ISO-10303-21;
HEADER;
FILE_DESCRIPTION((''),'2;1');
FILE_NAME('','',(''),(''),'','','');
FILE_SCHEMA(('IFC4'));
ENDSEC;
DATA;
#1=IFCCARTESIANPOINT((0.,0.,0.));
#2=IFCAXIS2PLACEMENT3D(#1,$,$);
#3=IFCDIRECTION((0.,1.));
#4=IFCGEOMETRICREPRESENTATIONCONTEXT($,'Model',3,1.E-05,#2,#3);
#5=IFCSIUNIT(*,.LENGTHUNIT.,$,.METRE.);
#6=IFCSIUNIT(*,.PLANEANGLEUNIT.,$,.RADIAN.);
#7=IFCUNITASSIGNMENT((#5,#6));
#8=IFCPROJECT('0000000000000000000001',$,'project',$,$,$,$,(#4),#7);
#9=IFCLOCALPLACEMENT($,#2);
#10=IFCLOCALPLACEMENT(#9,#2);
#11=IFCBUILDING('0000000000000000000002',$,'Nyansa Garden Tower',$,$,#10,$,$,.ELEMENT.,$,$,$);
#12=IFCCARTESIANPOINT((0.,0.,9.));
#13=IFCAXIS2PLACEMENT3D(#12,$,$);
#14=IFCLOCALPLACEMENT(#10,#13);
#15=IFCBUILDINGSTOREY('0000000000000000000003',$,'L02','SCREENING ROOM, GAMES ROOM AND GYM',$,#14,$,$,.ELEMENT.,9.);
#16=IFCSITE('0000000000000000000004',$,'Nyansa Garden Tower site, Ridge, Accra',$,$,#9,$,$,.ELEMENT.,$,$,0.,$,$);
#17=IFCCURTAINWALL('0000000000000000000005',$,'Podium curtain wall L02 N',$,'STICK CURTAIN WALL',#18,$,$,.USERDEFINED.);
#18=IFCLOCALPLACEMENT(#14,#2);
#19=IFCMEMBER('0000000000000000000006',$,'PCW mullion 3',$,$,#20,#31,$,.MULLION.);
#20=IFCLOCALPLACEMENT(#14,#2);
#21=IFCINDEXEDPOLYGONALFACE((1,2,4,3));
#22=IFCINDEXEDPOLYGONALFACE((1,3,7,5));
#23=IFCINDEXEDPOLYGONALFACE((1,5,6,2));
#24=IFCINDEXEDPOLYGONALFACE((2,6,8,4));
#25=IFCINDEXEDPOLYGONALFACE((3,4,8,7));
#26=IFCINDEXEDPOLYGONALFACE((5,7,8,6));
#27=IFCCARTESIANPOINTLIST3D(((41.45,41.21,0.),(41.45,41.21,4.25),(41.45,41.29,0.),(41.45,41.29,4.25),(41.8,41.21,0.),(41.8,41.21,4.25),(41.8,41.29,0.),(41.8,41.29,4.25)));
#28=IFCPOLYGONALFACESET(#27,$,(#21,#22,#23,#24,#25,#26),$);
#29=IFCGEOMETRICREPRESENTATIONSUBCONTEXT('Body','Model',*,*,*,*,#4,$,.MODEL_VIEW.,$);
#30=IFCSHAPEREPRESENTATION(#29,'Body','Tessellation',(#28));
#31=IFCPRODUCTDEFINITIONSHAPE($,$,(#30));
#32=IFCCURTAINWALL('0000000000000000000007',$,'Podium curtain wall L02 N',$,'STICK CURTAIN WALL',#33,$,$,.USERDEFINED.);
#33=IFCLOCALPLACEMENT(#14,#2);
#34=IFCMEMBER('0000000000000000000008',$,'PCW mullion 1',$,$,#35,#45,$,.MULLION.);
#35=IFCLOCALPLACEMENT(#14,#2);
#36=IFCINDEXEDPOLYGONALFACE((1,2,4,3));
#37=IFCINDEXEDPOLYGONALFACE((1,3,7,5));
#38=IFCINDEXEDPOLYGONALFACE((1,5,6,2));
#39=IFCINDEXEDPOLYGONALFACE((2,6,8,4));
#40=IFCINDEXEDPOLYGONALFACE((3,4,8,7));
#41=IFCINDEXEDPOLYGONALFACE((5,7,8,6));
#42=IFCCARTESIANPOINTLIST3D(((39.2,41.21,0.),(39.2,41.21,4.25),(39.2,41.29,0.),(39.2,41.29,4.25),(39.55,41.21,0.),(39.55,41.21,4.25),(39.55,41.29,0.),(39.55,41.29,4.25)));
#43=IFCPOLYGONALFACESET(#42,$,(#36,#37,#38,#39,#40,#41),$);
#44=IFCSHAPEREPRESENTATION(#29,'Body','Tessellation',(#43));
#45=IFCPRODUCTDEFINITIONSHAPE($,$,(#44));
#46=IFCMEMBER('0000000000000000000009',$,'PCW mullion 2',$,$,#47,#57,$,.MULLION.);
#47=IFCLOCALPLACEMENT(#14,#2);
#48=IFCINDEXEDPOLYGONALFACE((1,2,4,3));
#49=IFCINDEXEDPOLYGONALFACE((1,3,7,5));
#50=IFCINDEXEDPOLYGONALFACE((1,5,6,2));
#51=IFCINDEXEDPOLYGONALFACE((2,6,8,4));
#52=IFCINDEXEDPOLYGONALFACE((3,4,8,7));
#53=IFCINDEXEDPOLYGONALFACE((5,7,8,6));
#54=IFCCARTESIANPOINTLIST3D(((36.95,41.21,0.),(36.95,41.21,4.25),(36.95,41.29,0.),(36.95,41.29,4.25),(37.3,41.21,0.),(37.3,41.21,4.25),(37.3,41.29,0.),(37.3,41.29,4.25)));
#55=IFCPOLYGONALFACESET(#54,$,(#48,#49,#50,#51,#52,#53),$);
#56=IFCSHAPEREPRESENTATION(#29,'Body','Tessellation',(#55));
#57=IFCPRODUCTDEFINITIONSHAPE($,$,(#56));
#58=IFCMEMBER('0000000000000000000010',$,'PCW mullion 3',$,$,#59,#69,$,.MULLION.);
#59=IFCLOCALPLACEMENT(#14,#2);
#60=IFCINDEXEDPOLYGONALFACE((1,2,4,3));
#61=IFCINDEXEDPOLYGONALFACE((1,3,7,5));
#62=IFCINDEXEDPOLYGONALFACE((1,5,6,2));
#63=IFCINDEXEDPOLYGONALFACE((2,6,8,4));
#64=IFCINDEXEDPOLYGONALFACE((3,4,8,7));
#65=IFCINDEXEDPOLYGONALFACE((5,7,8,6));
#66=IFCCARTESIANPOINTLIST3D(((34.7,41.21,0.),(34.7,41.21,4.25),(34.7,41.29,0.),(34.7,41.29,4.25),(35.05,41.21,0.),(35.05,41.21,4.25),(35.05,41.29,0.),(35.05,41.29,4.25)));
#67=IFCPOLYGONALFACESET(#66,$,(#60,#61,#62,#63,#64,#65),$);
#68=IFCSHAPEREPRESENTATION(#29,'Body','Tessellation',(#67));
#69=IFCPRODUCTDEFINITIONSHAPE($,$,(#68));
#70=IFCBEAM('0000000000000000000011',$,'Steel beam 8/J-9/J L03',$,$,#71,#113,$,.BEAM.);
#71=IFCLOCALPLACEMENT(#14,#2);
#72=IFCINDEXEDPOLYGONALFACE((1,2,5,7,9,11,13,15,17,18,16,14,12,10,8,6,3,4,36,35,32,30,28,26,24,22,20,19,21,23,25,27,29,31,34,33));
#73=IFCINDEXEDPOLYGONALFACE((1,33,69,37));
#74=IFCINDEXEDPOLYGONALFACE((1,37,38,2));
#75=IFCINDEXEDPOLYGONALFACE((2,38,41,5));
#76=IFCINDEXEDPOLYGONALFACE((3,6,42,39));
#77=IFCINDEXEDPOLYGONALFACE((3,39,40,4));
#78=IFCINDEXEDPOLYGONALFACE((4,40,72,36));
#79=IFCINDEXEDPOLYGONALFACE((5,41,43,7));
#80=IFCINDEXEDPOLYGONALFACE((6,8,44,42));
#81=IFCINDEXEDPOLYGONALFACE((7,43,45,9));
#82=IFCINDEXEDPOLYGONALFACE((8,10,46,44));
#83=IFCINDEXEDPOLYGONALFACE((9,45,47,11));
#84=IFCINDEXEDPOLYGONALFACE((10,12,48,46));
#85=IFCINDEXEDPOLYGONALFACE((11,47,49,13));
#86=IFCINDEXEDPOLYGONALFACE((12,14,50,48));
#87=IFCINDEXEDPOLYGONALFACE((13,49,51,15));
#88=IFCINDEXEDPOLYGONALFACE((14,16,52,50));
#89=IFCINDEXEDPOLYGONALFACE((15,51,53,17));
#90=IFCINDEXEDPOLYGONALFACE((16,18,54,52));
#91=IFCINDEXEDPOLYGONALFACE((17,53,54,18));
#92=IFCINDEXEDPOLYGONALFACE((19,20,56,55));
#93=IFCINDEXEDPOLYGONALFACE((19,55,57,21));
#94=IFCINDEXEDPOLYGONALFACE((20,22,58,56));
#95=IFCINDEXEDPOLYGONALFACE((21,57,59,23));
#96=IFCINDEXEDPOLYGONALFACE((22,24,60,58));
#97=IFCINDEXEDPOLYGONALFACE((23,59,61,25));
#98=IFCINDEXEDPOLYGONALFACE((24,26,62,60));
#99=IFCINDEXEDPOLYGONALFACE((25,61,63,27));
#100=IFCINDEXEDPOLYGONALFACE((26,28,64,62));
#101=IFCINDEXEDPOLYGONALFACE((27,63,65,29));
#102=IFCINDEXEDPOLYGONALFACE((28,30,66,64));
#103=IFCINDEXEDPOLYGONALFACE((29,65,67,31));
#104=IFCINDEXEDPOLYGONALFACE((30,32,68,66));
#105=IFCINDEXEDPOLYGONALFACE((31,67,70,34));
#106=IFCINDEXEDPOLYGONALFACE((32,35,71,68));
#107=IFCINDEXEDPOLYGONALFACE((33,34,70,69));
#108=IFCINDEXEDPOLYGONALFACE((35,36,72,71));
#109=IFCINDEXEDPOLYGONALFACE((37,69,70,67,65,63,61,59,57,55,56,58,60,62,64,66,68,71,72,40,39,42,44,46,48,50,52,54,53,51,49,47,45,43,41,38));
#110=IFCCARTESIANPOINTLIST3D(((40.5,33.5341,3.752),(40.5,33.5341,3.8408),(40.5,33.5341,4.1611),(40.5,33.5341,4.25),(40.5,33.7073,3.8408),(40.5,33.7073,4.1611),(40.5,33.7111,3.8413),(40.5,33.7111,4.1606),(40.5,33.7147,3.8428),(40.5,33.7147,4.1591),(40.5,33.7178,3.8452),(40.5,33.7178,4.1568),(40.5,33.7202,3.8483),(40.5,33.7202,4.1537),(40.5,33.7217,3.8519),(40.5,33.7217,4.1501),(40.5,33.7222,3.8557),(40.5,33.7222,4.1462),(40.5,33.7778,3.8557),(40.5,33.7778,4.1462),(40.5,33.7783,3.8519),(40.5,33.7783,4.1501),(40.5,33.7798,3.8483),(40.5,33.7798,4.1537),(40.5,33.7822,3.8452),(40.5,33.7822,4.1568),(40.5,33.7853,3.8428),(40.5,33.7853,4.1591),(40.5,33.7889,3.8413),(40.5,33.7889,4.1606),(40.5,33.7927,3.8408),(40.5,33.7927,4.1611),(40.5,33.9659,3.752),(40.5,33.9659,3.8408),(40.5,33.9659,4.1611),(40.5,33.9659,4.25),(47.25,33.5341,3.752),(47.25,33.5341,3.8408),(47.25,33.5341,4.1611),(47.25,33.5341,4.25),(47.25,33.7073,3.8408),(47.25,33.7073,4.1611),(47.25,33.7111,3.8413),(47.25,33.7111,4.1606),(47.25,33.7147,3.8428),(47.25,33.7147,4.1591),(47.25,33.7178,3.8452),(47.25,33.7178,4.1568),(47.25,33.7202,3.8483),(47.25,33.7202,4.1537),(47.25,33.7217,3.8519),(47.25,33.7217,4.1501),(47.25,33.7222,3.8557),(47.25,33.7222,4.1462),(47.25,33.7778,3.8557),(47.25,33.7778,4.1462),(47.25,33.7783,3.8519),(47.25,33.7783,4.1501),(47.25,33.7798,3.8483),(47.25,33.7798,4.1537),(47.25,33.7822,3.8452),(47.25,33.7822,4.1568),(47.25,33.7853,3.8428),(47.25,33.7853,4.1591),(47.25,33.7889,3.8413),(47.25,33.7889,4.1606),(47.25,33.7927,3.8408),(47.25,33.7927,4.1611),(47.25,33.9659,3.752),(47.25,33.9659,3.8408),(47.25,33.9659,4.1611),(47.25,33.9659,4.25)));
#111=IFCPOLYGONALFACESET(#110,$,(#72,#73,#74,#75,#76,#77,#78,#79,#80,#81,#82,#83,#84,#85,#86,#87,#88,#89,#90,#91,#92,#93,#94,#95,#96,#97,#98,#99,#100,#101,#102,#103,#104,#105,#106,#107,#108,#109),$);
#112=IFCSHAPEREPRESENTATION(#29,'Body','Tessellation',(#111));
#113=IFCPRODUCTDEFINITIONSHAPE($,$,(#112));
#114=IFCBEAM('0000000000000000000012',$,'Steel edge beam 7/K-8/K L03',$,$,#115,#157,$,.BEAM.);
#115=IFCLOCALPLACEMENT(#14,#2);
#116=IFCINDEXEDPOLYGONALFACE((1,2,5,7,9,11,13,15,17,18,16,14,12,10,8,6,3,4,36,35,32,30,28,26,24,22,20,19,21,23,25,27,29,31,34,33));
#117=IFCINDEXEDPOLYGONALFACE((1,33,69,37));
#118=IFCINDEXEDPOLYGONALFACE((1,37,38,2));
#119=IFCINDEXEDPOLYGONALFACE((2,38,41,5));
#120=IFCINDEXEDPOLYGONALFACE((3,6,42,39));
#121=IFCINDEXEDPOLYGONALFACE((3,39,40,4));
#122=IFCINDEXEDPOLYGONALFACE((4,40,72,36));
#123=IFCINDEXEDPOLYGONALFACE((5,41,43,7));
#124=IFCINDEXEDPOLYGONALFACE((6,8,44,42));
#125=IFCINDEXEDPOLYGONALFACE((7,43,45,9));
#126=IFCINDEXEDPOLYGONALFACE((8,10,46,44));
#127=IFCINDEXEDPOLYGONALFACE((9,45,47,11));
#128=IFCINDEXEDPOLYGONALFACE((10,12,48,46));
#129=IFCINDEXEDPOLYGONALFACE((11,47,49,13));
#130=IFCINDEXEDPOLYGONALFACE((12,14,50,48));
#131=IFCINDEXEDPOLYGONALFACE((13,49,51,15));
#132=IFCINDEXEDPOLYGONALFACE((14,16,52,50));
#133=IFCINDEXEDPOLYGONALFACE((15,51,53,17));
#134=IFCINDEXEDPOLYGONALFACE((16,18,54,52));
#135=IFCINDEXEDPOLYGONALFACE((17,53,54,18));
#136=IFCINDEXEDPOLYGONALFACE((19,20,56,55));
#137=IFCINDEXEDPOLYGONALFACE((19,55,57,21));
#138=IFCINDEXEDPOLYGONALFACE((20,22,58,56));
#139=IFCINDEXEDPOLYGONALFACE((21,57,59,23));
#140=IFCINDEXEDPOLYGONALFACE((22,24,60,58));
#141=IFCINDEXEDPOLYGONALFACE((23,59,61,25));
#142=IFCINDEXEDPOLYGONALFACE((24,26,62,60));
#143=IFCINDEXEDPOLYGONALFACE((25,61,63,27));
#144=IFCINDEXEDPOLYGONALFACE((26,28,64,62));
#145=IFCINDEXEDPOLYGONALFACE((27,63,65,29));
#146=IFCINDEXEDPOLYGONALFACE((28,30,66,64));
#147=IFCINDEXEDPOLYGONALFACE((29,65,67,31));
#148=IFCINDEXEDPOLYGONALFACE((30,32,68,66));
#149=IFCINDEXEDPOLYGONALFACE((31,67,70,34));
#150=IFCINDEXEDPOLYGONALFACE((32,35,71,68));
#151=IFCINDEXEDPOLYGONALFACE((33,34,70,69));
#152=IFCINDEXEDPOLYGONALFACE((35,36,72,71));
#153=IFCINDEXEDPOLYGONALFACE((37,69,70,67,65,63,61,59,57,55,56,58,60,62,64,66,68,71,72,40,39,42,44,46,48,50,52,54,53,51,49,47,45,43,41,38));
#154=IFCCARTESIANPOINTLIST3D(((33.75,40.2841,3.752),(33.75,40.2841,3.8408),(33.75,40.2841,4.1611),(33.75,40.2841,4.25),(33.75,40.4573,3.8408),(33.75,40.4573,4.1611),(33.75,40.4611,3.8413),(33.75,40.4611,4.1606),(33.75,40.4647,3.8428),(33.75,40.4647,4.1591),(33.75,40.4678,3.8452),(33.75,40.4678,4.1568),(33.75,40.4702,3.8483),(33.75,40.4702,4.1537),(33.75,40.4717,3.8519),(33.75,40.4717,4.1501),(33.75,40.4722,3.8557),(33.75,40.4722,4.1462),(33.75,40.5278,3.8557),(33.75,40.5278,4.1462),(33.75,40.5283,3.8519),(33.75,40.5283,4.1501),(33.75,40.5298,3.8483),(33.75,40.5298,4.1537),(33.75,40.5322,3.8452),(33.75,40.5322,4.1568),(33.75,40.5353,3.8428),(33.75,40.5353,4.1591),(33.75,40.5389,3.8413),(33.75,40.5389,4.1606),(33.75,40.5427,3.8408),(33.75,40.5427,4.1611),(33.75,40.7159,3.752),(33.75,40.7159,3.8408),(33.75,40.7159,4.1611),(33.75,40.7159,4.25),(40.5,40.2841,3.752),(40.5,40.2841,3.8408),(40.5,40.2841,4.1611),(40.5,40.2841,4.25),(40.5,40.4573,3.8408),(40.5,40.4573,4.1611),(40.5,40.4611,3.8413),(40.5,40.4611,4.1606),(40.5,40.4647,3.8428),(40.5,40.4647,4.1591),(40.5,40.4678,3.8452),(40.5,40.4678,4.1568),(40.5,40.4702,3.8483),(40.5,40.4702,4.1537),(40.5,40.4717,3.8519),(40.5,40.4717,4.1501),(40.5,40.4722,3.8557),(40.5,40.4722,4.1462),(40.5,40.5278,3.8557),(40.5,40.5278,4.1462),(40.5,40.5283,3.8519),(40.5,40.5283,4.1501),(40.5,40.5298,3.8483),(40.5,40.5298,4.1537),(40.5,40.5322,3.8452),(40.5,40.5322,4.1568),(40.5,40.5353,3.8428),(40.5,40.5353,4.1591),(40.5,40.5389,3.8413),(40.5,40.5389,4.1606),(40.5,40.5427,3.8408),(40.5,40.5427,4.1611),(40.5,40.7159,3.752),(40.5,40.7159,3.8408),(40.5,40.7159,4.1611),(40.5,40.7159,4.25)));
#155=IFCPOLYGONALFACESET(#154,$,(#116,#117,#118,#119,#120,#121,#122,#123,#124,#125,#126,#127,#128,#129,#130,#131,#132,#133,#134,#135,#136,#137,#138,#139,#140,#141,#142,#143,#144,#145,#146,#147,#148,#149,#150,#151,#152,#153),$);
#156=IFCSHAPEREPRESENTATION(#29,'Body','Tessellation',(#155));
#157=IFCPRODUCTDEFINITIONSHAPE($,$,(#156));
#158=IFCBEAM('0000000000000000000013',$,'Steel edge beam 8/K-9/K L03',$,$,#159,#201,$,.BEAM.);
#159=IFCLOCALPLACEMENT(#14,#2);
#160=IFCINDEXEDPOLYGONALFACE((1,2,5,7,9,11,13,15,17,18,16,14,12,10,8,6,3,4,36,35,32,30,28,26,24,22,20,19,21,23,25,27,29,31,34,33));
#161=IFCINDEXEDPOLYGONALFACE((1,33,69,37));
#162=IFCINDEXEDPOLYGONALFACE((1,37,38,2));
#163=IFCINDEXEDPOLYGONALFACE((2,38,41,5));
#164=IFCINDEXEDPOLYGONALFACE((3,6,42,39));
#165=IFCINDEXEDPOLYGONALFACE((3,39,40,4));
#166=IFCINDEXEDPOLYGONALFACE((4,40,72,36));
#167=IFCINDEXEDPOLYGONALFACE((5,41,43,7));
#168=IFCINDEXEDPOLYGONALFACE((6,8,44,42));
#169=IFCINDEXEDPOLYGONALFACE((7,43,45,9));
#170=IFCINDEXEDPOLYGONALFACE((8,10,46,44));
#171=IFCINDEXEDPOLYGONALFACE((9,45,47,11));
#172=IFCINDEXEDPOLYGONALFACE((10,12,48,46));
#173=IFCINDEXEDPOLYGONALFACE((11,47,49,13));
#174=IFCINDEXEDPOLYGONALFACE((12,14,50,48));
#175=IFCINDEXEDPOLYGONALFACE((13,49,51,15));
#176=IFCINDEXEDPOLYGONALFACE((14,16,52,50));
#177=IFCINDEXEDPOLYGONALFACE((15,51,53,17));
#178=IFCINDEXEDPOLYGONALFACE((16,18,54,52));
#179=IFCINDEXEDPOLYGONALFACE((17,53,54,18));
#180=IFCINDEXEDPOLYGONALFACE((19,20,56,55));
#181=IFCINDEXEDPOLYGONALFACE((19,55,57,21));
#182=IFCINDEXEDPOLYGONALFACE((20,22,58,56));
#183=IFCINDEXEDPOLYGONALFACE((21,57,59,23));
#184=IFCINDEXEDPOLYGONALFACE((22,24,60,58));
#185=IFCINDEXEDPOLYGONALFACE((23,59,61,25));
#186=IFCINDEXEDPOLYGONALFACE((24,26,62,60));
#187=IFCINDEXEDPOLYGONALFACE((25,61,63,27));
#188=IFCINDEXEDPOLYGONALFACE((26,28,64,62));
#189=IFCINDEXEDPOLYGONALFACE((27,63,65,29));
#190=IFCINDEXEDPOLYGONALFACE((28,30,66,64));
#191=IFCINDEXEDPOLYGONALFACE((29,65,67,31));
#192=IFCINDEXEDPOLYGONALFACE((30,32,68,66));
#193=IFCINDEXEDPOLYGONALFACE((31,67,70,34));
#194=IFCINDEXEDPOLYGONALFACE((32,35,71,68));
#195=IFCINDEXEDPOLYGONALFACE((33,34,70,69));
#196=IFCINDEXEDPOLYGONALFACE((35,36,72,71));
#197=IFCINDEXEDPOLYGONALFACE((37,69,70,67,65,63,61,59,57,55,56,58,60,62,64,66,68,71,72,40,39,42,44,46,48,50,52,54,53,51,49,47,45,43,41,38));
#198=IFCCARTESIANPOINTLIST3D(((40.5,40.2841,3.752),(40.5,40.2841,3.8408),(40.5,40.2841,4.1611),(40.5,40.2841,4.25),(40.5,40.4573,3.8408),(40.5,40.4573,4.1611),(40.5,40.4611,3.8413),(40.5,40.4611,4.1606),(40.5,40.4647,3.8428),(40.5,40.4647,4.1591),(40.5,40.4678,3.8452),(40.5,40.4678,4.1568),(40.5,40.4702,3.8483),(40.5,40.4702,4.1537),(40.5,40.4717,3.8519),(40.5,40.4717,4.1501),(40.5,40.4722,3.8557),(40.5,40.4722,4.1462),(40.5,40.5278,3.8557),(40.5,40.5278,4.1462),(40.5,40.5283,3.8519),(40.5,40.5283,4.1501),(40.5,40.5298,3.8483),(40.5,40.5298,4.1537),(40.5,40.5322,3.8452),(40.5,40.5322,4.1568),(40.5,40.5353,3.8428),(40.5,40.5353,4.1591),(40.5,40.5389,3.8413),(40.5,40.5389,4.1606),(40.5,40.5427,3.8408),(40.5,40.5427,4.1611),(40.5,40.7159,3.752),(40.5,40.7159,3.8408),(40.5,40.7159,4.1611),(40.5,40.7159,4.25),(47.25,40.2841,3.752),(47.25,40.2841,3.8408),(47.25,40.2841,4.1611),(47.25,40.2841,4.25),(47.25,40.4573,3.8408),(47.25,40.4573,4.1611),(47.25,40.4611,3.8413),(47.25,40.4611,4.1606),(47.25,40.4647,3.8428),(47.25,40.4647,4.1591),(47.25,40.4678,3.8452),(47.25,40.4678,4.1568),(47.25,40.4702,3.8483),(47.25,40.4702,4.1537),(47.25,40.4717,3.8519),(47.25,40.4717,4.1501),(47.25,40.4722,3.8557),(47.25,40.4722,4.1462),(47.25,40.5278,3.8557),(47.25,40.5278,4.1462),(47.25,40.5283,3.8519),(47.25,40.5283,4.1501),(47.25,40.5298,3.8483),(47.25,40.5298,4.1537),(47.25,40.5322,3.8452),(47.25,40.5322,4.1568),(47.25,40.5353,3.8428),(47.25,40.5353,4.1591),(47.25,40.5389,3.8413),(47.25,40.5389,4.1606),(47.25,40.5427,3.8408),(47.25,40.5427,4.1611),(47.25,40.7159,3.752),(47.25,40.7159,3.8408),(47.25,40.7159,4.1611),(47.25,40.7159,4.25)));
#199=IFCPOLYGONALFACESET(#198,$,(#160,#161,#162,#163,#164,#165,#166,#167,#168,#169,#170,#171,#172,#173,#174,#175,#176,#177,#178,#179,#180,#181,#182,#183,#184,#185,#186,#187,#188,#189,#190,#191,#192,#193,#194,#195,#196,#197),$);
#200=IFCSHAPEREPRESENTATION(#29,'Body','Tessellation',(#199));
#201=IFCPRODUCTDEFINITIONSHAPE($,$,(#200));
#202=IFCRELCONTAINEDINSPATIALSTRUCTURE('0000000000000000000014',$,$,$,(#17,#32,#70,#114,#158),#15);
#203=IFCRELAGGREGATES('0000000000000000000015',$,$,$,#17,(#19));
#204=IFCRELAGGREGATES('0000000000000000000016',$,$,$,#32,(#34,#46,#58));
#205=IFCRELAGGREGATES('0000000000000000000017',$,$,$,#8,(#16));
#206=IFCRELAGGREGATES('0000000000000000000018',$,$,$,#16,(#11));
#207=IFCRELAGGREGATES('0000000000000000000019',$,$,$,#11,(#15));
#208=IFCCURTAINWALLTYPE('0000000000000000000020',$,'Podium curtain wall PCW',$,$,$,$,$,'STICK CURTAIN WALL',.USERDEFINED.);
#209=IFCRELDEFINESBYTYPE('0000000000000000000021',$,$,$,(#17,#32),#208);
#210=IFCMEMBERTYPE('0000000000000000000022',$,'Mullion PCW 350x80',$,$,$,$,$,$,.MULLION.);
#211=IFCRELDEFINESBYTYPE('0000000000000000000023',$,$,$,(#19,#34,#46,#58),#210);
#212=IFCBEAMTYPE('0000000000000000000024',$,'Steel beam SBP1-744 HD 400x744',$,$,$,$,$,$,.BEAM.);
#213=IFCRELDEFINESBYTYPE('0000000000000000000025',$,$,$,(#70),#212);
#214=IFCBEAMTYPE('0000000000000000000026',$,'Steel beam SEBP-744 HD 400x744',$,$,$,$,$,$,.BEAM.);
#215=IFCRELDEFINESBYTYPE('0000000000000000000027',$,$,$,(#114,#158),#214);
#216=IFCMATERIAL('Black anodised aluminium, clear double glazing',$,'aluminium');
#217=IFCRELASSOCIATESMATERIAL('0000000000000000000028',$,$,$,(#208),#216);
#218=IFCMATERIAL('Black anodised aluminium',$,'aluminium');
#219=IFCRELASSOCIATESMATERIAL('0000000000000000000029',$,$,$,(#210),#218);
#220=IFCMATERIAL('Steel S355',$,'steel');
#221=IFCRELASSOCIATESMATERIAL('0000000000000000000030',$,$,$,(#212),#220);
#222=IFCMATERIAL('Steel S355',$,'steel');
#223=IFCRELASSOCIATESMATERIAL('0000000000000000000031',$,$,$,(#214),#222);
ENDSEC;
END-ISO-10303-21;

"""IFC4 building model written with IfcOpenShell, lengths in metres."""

from ifc_helpers import new_model, si_unit, direction, frame, origin, origin_2d, place, context, subcontext, project, spatial, rectangle, i_section, extrude, material, material_profile, profile_set, type_object, element, aggregate, save


model = new_model("IFC4")

# Units and contexts
model_context = context("Model", 3, precision=1e-05, world=origin(), true_north=direction((0.0, 1.0)))
body_context = subcontext(model_context, "Body", "Model", "MODEL_VIEW")
ifc_project = project(units=[si_unit("LENGTHUNIT", "METRE"), si_unit("PLANEANGLEUNIT", "RADIAN")], contexts=[model_context])

# Site, building, storey
site_placement = place(None, origin())
site = spatial("IfcSite", under=ifc_project, at=site_placement, Name="Nyansa Garden Tower site, Ridge, Accra", CompositionType="ELEMENT", RefElevation=0.0)
building_placement = place(site_placement, origin())
building = spatial("IfcBuilding", under=site, at=building_placement, Name="Nyansa Garden Tower", CompositionType="ELEMENT")
storey_placement = place(building_placement, frame((0.0, 0.0, 9.0)))
storey = spatial("IfcBuildingStorey", under=building, at=storey_placement, Name="L02", Description="SCREENING ROOM, GAMES ROOM AND GYM", CompositionType="ELEMENT", Elevation=9.0)

# Curtain walls, members
ifc_material_1 = material(Name="Black anodised aluminium, clear double glazing", Category="aluminium")
curtain_wall_type = type_object("IfcCurtainWallType", Name="Podium curtain wall PCW", ElementType="STICK CURTAIN WALL", PredefinedType="USERDEFINED", material=ifc_material_1)
ifc_material_2 = material(Name="Black anodised aluminium", Category="aluminium")
ifc_material_profile_1 = material_profile(ifc_material_2, rectangle(XDim=0.0801, YDim=0.3501, at=origin_2d()), Name="Mullion 350x80")
ifc_profile_set_1 = profile_set([ifc_material_profile_1], Name="Black anodised aluminium")
member_type_1 = type_object("IfcMemberType", Name="Mullion PCW 350x80", PredefinedType="MULLION", material=ifc_profile_set_1)
curtain_wall_1_placement = place(storey_placement, origin())
curtain_wall_1 = element("IfcCurtainWall", 1, at=curtain_wall_1_placement, inside=storey, type_object=curtain_wall_type, Name="Podium curtain wall L02 N", ObjectType="STICK CURTAIN WALL", PredefinedType="USERDEFINED")
member_1_placement = place(storey_placement, frame((41.625, 41.25, 0.0), z_axis=(0.0, 0.0, 1.0), x_axis=(0.0, -1.0, 0.0)))
member_1 = element("IfcMember", 2, at=member_1_placement, type_object=member_type_1, Name="PCW mullion 3", PredefinedType="MULLION", context=body_context, shape_type="SweptSolid", body=[
    extrude(rectangle(XDim=0.0801, YDim=0.3501, at=origin_2d()), origin(), (0.0, 0.0, 1.0), 4.25),
])
curtain_wall_2_placement = place(storey_placement, origin())
curtain_wall_2 = element("IfcCurtainWall", 3, at=curtain_wall_2_placement, inside=storey, type_object=curtain_wall_type, Name="Podium curtain wall L02 N", ObjectType="STICK CURTAIN WALL", PredefinedType="USERDEFINED")
member_2_placement = place(storey_placement, frame((39.375, 41.25, 0.0), z_axis=(0.0, 0.0, 1.0), x_axis=(0.0, -1.0, 0.0)))
member_2 = element("IfcMember", 4, at=member_2_placement, type_object=member_type_1, Name="PCW mullion 1", PredefinedType="MULLION", context=body_context, shape_type="SweptSolid", body=[
    extrude(rectangle(XDim=0.0801, YDim=0.3501, at=origin_2d()), origin(), (0.0, 0.0, 1.0), 4.25),
])
member_3_placement = place(storey_placement, frame((37.125, 41.25, 0.0), z_axis=(0.0, 0.0, 1.0), x_axis=(0.0, -1.0, 0.0)))
member_3 = element("IfcMember", 5, at=member_3_placement, type_object=member_type_1, Name="PCW mullion 2", PredefinedType="MULLION", context=body_context, shape_type="SweptSolid", body=[
    extrude(rectangle(XDim=0.0801, YDim=0.3501, at=origin_2d()), origin(), (0.0, 0.0, 1.0), 4.25),
])
member_4_placement = place(storey_placement, frame((34.875, 41.25, 0.0), z_axis=(0.0, 0.0, 1.0), x_axis=(0.0, -1.0, 0.0)))
member_4 = element("IfcMember", 6, at=member_4_placement, type_object=member_type_1, Name="PCW mullion 3", PredefinedType="MULLION", context=body_context, shape_type="SweptSolid", body=[
    extrude(rectangle(XDim=0.0801, YDim=0.3501, at=origin_2d()), origin(), (0.0, 0.0, 1.0), 4.25),
])

# Beams
ifc_material_3 = material(Name="Steel S355", Category="steel")
ifc_material_profile_2 = material_profile(ifc_material_3, i_section(OverallWidth=0.4319, OverallDepth=0.498, WebThickness=0.0557, FlangeThickness=0.0889, FilletRadius=0.0149, at=origin_2d()), Name="HD 400x744")
ifc_profile_set_2 = profile_set([ifc_material_profile_2], Name="Steel S355")
beam_type_1 = type_object("IfcBeamType", Name="Steel beam SBP1-744 HD 400x744", PredefinedType="BEAM", material=ifc_profile_set_2)
beam_placement = place(storey_placement, frame((40.5, 33.75, 4.001), z_axis=(1.0, 0.0, 0.0), x_axis=(0.0, 1.0, 0.0)))
element("IfcBeam", 7, at=beam_placement, inside=storey, type_object=beam_type_1, Name="Steel beam 8/J-9/J L03", PredefinedType="BEAM", context=body_context, shape_type="SweptSolid", body=[
    extrude(i_section(OverallWidth=0.4319, OverallDepth=0.498, WebThickness=0.0557, FlangeThickness=0.0889, FilletRadius=0.0149, at=origin_2d()), origin(), (0.0, 0.0, 1.0), 6.75),
])
ifc_material_4 = material(Name="Steel S355", Category="steel")
ifc_material_profile_3 = material_profile(ifc_material_4, i_section(OverallWidth=0.4319, OverallDepth=0.498, WebThickness=0.0557, FlangeThickness=0.0889, FilletRadius=0.0149, at=origin_2d()), Name="HD 400x744")
ifc_profile_set_3 = profile_set([ifc_material_profile_3], Name="Steel S355")
beam_type_2 = type_object("IfcBeamType", Name="Steel beam SEBP-744 HD 400x744", PredefinedType="BEAM", material=ifc_profile_set_3)
for number, where, z_axis, x_axis, name in (
    (8, (33.75, 40.5, 4.001), (1.0, 0.0, 0.0), (0.0, 1.0, 0.0), "Steel edge beam 7/K-8/K L03"),
    (9, (40.5, 40.5, 4.001), (1.0, 0.0, 0.0), (0.0, 1.0, 0.0), "Steel edge beam 8/K-9/K L03"),
):
    element("IfcBeam", number, at=place(storey_placement, frame(where, z_axis=z_axis, x_axis=x_axis)), inside=storey, type_object=beam_type_2, Name=name, PredefinedType="BEAM", context=body_context, shape_type="SweptSolid", body=[
        extrude(i_section(OverallWidth=0.4319, OverallDepth=0.498, WebThickness=0.0557, FlangeThickness=0.0889, FilletRadius=0.0149, at=origin_2d()), origin(), (0.0, 0.0, 1.0), 6.75),
    ])

aggregate(curtain_wall_1, [member_1])
aggregate(curtain_wall_2, [member_2, member_3, member_4])

save(model, "model.ifc")
